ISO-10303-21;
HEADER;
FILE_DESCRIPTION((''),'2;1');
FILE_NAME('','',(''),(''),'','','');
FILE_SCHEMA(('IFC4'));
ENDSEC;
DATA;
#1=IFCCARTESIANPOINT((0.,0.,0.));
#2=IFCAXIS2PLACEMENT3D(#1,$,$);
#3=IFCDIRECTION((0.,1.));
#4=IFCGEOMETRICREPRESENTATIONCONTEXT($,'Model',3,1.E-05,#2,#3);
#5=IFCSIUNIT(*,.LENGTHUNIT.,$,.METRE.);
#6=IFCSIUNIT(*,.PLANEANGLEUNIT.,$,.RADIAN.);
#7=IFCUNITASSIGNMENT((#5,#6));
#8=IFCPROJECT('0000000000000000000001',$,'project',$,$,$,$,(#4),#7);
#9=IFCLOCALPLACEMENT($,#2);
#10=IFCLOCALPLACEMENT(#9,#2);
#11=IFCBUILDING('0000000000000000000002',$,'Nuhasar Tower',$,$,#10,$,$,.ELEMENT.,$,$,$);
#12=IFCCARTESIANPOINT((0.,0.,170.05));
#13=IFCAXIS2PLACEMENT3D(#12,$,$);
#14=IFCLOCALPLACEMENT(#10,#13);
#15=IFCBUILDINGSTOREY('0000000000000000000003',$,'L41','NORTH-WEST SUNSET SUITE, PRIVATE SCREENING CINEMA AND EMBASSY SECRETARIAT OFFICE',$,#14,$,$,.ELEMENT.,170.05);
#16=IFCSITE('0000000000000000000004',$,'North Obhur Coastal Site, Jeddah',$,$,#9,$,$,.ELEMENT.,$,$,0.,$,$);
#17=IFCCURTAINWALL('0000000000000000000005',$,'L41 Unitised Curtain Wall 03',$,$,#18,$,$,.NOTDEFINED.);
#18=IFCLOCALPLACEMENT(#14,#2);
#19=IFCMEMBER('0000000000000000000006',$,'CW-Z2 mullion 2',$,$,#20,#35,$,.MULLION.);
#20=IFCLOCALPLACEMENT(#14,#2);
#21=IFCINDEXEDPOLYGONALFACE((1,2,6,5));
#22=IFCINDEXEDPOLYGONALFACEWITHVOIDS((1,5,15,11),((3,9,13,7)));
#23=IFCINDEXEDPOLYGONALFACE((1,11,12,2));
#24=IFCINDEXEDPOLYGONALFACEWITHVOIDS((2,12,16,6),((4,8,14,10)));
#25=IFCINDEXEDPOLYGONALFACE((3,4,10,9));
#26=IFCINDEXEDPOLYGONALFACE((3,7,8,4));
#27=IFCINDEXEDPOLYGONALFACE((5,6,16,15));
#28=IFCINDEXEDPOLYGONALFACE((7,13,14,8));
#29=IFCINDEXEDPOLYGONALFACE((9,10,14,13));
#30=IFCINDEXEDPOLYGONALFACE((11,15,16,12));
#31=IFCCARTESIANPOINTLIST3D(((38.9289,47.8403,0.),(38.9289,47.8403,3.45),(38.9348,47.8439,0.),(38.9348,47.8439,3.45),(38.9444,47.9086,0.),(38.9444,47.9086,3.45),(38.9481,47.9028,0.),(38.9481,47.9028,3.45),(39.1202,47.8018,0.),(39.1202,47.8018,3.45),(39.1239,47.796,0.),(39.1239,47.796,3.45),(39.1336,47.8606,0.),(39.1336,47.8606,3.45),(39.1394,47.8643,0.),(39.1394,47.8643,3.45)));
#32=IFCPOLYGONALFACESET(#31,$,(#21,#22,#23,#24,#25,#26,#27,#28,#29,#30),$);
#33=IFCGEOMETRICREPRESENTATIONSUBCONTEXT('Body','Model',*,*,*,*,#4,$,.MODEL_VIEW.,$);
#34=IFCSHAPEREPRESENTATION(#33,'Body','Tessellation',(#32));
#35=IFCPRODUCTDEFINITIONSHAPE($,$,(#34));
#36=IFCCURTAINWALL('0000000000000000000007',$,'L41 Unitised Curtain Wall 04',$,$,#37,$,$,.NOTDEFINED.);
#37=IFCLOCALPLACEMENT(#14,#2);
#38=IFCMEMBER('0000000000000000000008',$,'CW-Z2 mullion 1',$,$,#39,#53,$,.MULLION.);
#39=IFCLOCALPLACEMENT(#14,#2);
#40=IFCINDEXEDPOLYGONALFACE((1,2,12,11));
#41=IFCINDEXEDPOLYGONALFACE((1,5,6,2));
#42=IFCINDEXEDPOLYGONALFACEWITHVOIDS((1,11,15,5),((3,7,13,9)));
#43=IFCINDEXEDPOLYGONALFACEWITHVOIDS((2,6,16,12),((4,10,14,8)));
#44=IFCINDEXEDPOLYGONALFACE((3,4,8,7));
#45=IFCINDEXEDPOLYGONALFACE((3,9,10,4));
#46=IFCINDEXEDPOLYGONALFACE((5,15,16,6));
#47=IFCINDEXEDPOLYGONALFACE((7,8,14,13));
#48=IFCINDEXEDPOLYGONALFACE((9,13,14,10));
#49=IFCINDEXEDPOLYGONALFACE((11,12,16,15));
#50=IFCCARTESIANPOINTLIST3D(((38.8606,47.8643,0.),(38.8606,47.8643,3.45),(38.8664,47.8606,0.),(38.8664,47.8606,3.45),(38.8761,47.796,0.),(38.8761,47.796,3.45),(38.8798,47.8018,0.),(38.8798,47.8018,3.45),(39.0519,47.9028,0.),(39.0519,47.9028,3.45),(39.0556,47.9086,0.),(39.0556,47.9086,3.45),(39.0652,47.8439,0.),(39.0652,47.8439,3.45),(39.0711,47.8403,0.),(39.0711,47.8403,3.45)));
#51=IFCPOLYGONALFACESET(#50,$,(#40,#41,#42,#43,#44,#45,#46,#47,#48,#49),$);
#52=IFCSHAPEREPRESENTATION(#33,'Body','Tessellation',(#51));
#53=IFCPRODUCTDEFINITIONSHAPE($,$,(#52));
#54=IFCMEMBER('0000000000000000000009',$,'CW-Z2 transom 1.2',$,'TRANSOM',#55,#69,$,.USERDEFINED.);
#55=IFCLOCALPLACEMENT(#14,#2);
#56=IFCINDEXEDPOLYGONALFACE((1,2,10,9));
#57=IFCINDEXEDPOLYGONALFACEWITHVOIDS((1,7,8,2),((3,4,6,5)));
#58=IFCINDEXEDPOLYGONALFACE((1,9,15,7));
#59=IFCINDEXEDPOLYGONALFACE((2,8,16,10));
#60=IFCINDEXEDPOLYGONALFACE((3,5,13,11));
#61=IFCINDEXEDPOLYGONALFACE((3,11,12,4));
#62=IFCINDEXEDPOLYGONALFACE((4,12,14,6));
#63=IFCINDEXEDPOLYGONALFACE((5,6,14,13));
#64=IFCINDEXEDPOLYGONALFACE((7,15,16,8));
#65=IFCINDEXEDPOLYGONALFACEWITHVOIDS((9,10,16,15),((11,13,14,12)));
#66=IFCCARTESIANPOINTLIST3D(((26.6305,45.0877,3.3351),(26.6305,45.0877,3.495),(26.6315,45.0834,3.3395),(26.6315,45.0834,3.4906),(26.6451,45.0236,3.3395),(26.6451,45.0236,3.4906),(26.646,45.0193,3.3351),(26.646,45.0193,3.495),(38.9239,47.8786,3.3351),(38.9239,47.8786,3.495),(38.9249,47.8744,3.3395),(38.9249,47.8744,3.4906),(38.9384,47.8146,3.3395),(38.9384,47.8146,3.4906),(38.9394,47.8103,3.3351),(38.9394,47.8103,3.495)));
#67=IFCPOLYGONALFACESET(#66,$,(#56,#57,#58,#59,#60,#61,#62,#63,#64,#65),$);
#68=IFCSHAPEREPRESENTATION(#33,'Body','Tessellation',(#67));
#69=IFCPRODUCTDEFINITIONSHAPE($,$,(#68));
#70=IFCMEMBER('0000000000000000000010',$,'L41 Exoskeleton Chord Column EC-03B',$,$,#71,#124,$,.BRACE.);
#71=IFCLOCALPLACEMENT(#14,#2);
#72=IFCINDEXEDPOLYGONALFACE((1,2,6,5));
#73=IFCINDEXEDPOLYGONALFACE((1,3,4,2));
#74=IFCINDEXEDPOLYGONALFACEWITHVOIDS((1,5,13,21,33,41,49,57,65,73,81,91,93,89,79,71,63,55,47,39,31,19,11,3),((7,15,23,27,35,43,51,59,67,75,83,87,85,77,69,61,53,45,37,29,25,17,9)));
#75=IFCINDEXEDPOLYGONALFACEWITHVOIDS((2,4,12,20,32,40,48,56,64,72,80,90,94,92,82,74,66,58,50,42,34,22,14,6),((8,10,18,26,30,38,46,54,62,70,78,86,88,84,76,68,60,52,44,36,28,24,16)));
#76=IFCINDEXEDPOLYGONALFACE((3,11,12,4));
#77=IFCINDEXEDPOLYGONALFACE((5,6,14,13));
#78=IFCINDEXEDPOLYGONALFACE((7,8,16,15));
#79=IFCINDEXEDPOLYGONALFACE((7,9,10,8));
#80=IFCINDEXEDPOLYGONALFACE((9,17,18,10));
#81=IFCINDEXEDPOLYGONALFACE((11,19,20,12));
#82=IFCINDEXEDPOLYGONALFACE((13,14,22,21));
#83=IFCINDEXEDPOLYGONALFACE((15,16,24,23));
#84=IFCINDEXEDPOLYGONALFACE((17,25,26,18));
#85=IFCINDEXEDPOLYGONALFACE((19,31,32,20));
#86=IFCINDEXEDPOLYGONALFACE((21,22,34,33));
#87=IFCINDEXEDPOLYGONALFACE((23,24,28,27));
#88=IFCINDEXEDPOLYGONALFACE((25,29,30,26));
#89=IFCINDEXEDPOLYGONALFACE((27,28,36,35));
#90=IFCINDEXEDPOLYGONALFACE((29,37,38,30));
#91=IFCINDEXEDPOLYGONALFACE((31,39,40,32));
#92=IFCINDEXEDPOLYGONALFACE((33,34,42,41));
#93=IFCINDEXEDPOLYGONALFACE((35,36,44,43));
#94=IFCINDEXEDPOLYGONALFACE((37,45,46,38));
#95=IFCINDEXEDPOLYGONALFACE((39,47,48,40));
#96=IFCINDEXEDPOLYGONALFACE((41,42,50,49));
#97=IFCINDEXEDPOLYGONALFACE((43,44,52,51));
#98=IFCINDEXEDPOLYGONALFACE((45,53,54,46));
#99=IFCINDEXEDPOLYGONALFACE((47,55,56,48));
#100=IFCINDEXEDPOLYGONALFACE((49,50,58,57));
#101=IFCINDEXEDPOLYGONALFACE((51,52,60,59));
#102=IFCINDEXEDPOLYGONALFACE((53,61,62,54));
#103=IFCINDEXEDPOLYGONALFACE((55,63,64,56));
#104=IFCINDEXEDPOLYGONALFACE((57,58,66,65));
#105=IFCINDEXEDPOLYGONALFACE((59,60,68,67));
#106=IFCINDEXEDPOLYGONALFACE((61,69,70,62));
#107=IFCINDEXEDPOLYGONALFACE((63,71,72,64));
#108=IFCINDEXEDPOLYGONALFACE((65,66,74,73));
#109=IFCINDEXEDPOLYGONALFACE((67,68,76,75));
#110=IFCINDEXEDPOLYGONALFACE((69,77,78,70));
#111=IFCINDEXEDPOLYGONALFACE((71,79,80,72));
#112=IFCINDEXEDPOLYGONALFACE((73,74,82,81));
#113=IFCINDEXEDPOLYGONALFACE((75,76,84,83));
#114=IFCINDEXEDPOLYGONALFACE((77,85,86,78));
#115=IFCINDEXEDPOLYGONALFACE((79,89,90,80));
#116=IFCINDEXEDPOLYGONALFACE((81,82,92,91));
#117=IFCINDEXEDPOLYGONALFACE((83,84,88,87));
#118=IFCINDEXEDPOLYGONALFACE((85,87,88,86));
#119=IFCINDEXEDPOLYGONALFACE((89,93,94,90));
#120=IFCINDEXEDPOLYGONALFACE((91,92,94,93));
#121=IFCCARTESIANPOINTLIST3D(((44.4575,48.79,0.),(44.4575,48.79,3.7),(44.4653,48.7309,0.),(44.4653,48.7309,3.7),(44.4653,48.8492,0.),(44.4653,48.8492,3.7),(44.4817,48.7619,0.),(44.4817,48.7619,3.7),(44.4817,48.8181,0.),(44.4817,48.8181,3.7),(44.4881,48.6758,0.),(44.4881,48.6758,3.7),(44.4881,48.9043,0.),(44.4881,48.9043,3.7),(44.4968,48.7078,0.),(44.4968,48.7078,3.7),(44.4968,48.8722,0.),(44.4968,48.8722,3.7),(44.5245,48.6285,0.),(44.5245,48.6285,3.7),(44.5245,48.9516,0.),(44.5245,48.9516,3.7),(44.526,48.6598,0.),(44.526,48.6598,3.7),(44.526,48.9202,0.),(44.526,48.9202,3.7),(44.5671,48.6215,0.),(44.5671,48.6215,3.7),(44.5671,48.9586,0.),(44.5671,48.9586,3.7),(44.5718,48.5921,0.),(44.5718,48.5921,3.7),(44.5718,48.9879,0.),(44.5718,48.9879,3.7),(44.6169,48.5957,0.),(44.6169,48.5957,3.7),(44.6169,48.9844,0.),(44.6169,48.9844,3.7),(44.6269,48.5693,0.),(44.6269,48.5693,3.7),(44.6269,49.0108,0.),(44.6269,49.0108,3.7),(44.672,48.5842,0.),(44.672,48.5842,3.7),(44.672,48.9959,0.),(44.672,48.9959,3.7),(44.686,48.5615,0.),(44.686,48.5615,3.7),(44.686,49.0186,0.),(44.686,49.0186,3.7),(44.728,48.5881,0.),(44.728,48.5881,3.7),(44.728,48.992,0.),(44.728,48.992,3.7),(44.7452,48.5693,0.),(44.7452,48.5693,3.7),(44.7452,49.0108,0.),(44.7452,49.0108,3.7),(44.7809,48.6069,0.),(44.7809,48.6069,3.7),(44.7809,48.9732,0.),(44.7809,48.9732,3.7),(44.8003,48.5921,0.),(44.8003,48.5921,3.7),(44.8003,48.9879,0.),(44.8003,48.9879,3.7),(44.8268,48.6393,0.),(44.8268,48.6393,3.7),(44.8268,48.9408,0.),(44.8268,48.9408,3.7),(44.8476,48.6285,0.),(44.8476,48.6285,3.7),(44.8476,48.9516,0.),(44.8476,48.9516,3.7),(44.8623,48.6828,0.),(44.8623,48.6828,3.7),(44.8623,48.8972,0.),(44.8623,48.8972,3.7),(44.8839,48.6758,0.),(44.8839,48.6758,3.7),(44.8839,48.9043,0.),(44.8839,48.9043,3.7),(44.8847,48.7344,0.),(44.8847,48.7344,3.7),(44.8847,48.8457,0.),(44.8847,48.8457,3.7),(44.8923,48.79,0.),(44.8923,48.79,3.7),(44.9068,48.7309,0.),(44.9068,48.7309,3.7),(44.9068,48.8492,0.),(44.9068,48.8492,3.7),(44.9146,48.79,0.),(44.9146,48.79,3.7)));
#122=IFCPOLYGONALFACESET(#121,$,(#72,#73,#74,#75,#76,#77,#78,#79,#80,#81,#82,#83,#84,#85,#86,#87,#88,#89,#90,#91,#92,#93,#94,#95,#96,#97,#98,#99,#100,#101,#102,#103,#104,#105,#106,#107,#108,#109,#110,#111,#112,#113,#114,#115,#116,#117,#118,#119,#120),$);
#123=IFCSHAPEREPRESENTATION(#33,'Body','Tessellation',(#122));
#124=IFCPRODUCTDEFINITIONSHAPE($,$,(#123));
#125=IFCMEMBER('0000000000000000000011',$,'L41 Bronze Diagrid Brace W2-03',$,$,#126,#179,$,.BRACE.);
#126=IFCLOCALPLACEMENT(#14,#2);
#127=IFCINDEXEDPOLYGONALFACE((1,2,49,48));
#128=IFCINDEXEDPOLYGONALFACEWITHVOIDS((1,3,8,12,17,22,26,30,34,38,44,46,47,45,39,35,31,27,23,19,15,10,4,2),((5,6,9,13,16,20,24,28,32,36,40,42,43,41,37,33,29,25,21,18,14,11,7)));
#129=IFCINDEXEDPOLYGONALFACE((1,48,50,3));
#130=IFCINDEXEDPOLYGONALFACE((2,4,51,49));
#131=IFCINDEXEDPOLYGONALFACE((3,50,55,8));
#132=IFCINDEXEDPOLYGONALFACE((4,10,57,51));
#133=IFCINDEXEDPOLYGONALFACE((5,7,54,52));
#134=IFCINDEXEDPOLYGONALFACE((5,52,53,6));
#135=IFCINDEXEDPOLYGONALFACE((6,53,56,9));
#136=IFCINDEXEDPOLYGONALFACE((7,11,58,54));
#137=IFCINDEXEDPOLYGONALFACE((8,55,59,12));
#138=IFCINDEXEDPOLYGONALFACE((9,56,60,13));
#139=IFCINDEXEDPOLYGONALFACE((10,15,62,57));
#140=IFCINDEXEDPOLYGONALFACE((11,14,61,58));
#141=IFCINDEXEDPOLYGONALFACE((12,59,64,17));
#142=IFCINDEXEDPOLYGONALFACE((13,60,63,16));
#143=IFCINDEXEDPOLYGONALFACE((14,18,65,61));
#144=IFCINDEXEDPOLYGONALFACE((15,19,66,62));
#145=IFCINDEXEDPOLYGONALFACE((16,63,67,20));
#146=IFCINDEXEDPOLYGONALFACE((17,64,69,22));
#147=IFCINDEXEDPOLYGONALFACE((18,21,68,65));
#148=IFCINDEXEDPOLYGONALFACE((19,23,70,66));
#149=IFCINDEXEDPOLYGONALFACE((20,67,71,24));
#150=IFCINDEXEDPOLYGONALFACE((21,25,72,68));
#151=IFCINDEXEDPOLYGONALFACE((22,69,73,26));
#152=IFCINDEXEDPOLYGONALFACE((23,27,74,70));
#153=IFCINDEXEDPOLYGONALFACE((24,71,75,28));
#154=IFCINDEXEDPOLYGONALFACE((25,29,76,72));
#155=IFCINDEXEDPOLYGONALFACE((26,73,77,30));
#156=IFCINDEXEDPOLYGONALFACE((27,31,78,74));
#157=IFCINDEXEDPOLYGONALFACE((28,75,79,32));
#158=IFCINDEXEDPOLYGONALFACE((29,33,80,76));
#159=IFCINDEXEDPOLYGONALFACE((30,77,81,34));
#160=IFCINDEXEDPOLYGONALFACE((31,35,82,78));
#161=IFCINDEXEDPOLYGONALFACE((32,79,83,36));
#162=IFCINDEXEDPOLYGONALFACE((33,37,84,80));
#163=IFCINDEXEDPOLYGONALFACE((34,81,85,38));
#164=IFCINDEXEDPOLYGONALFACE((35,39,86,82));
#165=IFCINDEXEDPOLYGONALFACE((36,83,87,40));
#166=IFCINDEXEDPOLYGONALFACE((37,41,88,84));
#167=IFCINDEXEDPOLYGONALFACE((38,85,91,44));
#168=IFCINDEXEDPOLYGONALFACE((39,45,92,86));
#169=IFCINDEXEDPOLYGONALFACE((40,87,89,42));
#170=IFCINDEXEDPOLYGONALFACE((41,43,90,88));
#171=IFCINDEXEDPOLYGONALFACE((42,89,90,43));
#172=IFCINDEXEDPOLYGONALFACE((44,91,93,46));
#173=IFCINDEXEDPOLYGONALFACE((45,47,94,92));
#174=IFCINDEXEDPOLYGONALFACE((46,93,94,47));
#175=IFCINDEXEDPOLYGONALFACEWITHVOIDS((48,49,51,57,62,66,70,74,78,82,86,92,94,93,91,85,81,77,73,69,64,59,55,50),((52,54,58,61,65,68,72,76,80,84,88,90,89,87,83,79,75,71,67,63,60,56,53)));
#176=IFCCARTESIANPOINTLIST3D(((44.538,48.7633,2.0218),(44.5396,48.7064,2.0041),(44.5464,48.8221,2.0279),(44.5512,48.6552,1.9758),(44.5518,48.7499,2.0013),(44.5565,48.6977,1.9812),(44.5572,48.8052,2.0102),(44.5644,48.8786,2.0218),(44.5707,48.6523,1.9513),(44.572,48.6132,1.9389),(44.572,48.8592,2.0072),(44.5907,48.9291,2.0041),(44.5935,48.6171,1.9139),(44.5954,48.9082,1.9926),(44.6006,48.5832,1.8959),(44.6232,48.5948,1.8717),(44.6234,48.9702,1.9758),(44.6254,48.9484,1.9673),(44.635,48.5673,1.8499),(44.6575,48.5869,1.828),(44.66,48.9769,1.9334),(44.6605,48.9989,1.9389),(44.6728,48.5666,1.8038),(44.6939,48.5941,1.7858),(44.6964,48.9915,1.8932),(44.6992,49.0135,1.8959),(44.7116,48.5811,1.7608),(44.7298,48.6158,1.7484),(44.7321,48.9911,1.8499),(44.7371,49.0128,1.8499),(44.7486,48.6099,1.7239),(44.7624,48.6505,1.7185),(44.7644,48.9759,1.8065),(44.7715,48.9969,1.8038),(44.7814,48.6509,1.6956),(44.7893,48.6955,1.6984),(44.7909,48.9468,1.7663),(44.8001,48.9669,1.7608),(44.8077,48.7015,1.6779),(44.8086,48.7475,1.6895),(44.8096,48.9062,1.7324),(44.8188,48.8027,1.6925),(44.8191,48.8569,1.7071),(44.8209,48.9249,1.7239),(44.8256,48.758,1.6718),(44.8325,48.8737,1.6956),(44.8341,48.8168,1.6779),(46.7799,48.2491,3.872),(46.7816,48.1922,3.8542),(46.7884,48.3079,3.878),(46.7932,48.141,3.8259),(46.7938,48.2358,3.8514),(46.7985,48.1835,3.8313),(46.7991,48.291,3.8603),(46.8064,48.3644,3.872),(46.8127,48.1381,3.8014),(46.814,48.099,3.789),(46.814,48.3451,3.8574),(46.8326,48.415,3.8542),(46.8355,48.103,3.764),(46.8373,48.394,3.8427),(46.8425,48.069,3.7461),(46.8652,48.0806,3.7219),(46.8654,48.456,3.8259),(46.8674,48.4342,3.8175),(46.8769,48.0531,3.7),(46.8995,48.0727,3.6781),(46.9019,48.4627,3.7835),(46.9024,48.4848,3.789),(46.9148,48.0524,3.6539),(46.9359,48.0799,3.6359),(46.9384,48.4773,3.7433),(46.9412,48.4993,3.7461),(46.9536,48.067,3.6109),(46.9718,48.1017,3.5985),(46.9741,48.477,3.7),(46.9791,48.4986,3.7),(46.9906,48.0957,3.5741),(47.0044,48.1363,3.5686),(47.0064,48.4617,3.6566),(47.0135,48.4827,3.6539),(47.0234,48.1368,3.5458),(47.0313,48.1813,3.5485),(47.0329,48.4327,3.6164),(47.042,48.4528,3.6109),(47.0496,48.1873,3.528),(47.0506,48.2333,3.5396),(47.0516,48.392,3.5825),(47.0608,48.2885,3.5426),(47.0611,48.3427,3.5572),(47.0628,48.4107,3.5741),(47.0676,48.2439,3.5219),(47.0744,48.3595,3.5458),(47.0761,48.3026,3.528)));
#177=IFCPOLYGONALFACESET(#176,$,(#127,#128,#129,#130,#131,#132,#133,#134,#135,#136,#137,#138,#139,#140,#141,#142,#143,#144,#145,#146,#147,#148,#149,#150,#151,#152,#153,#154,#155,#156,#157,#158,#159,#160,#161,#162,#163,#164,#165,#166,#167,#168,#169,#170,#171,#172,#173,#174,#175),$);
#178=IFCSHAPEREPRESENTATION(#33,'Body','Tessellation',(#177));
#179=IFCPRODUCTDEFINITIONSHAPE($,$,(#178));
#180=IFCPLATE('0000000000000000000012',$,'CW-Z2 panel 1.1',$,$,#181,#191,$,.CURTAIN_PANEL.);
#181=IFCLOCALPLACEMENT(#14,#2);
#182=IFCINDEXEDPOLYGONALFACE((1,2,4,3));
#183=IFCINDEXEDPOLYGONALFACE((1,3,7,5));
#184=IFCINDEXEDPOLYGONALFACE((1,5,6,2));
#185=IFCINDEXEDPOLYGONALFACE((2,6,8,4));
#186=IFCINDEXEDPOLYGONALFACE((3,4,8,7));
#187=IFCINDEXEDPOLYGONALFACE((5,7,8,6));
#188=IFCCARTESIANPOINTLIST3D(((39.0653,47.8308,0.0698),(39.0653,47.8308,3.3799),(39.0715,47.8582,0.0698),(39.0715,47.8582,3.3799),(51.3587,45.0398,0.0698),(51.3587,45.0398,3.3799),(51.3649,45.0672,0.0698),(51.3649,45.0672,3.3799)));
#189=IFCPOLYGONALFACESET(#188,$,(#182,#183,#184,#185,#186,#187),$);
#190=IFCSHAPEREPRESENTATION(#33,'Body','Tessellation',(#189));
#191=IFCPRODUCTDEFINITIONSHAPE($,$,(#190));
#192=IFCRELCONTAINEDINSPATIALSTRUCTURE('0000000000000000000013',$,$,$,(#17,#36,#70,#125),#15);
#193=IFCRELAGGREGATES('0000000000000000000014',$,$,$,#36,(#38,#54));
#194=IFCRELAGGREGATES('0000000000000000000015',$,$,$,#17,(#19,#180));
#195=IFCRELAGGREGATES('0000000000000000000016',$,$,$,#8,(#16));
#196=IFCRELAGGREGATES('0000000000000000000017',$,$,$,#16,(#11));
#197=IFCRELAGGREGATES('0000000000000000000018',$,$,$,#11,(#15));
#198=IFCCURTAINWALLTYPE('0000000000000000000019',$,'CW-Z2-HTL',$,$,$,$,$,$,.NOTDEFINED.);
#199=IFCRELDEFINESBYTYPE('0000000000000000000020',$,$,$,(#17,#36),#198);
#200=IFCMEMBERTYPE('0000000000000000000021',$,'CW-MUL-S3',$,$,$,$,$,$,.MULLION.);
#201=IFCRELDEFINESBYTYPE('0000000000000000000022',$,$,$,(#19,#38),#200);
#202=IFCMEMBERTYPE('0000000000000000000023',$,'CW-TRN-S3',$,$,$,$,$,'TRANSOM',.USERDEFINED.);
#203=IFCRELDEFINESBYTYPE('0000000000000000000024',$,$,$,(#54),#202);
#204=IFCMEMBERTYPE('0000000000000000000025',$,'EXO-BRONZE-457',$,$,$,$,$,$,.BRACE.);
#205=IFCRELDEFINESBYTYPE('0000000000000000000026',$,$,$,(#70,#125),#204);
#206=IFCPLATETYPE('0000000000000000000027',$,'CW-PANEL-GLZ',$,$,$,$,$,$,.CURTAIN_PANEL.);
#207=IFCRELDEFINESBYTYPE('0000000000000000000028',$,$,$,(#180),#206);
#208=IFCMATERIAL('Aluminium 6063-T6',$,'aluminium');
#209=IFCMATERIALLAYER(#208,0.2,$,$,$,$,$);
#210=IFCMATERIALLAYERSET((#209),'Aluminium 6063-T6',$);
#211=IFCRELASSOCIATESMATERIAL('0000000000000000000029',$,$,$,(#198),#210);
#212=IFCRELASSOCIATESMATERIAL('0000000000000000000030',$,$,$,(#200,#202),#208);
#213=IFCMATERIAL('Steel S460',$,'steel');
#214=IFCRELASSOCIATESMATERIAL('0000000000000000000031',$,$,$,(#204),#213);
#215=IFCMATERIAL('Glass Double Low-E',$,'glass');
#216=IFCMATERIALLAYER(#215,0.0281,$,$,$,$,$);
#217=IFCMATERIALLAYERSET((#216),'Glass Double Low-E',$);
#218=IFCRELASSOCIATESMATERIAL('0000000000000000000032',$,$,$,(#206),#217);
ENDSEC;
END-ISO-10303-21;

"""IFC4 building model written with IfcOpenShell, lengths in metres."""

from ifc_helpers import new_model, si_unit, direction, frame, origin, origin_2d, place, context, subcontext, project, spatial, rectangle, hollow_rectangle, hollow_circle, extrude, material, layer, layer_set, material_profile, profile_set, type_object, element, aggregate, save


model = new_model("IFC4")

# Units and contexts
model_context = context("Model", 3, precision=1e-05, world=origin(), true_north=direction((0.0, 1.0)))
body_context = subcontext(model_context, "Body", "Model", "MODEL_VIEW")
ifc_project = project(units=[si_unit("LENGTHUNIT", "METRE"), si_unit("PLANEANGLEUNIT", "RADIAN")], contexts=[model_context])

# Site, building, storey
site_placement = place(None, origin())
site = spatial("IfcSite", under=ifc_project, at=site_placement, Name="North Obhur Coastal Site, Jeddah", CompositionType="ELEMENT", RefElevation=0.0)
building_placement = place(site_placement, origin())
building = spatial("IfcBuilding", under=site, at=building_placement, Name="Nuhasar Tower", CompositionType="ELEMENT")
storey_placement = place(building_placement, frame((0.0, 0.0, 170.05)))
storey = spatial("IfcBuildingStorey", under=building, at=storey_placement, Name="L41", Description="NORTH-WEST SUNSET SUITE, PRIVATE SCREENING CINEMA AND EMBASSY SECRETARIAT OFFICE", CompositionType="ELEMENT", Elevation=170.05)

# Curtain wall, member
ifc_material_1 = material(Name="Aluminium 6063-T6", Category="aluminium")
ifc_layer_1 = layer(ifc_material_1, 0.2)
ifc_layer_set_1 = layer_set([ifc_layer_1], Name="Aluminium 6063-T6")
curtain_wall_type = type_object("IfcCurtainWallType", Name="CW-Z2-HTL", PredefinedType="NOTDEFINED", material=ifc_layer_set_1)
curtain_wall_1_placement = place(storey_placement, origin())
curtain_wall_1 = element("IfcCurtainWall", 1, at=curtain_wall_1_placement, inside=storey, type_object=curtain_wall_type, Name="L41 Unitised Curtain Wall 03", PredefinedType="NOTDEFINED")
ifc_material_profile_1 = material_profile(ifc_material_1, hollow_rectangle(XDim=0.0701, YDim=0.2, WallThickness=0.0049, at=origin_2d()), Name="CWM-3")
ifc_profile_set_1 = profile_set([ifc_material_profile_1], Name="Aluminium 6063-T6")
member_type_1 = type_object("IfcMemberType", Name="CW-MUL-S3", PredefinedType="MULLION", material=ifc_profile_set_1)
member_1_placement = place(storey_placement, frame((39.0342, 47.8523, 0.0), z_axis=(0.0, 0.0, 1.0), x_axis=(-0.221397, -0.975184, 0.0)))
member_1 = element("IfcMember", 2, at=member_1_placement, type_object=member_type_1, Name="CW-Z2 mullion 2", PredefinedType="MULLION", context=body_context, shape_type="SweptSolid", body=[
    extrude(hollow_rectangle(XDim=0.0701, YDim=0.2, WallThickness=0.0049, at=origin_2d()), origin(), (0.0, 0.0, 1.0), 3.45),
])

# Curtain wall, members
curtain_wall_2_placement = place(storey_placement, origin())
curtain_wall_2 = element("IfcCurtainWall", 3, at=curtain_wall_2_placement, inside=storey, type_object=curtain_wall_type, Name="L41 Unitised Curtain Wall 04", PredefinedType="NOTDEFINED")
member_2_placement = place(storey_placement, frame((38.9658, 47.8523, 0.0), z_axis=(0.0, 0.0, 1.0), x_axis=(0.221397, -0.975184, 0.0)))
member_2 = element("IfcMember", 4, at=member_2_placement, type_object=member_type_1, Name="CW-Z2 mullion 1", PredefinedType="MULLION", context=body_context, shape_type="SweptSolid", body=[
    extrude(hollow_rectangle(XDim=0.0701, YDim=0.2, WallThickness=0.0049, at=origin_2d()), origin(), (0.0, 0.0, 1.0), 3.45),
])
ifc_material_profile_2 = material_profile(ifc_material_1, hollow_rectangle(XDim=0.0701, YDim=0.1599, WallThickness=0.0044, at=origin_2d()), Name="CWT-3")
ifc_profile_set_2 = profile_set([ifc_material_profile_2], Name="Aluminium 6063-T6")
member_type_2 = type_object("IfcMemberType", Name="CW-TRN-S3", ElementType="TRANSOM", PredefinedType="USERDEFINED", material=ifc_profile_set_2)
member_3_placement = place(storey_placement, frame((38.9316, 47.8445, 3.415), z_axis=(-0.975183, -0.221398, 0.0), x_axis=(0.221398, -0.975183, 0.0)))
member_3 = element("IfcMember", 5, at=member_3_placement, type_object=member_type_2, Name="CW-Z2 transom 1.2", ObjectType="TRANSOM", PredefinedType="USERDEFINED", context=body_context, shape_type="SweptSolid", body=[
    extrude(hollow_rectangle(XDim=0.0701, YDim=0.1599, WallThickness=0.0044, at=origin_2d()), origin(), (0.0, 0.0, 1.0), 12.6062),
])
aggregate(curtain_wall_2, [member_2, member_3])

# Members
ifc_material_2 = material(Name="Steel S460", Category="steel")
ifc_material_profile_3 = material_profile(ifc_material_2, hollow_circle(Radius=0.2285, WallThickness=0.0222, at=origin_2d()), Name="HSS457X22.2")
ifc_profile_set_3 = profile_set([ifc_material_profile_3], Name="Steel S460")
member_type_3 = type_object("IfcMemberType", Name="EXO-BRONZE-457", PredefinedType="BRACE", material=ifc_profile_set_3)
member_4_placement = place(storey_placement, frame((44.686, 48.79, 0.0), z_axis=(0.0, 0.0, 1.0), x_axis=(1.0, 0.0, 0.0)))
element("IfcMember", 6, at=member_4_placement, inside=storey, type_object=member_type_3, Name="L41 Exoskeleton Chord Column EC-03B", PredefinedType="BRACE", context=body_context, shape_type="SweptSolid", body=[
    extrude(hollow_circle(Radius=0.2285, WallThickness=0.0222, at=origin_2d()), origin(), (0.0, 0.0, 1.0), 3.7),
])
member_5_placement = place(storey_placement, frame((44.686, 48.79, 1.8499), z_axis=(0.7595, -0.174181, 0.626755), x_axis=(0.223534, 0.974696, 0.0)))
element("IfcMember", 7, at=member_5_placement, inside=storey, type_object=member_type_3, Name="L41 Bronze Diagrid Brace W2-03", PredefinedType="BRACE", context=body_context, shape_type="SweptSolid", body=[
    extrude(hollow_circle(Radius=0.2285, WallThickness=0.0222, at=origin_2d()), origin(), (0.0, 0.0, 1.0), 2.9519),
])

# Plate
ifc_material_3 = material(Name="Glass Double Low-E", Category="glass")
ifc_layer_2 = layer(ifc_material_3, 0.0281)
ifc_layer_set_2 = layer_set([ifc_layer_2], Name="Glass Double Low-E")
plate_type = type_object("IfcPlateType", Name="CW-PANEL-GLZ", PredefinedType="CURTAIN_PANEL", material=ifc_layer_set_2)
plate_placement = place(storey_placement, frame((45.2151, 46.449, 0.0698), z_axis=(0.0, 0.0, 1.0), x_axis=(-0.975184, 0.221397, 0.0)))
plate = element("IfcPlate", 8, at=plate_placement, type_object=plate_type, Name="CW-Z2 panel 1.1", PredefinedType="CURTAIN_PANEL", context=body_context, shape_type="SweptSolid", body=[
    extrude(rectangle(XDim=12.6062, YDim=0.0281, at=origin_2d()), origin(), (0.0, 0.0, 1.0), 3.3101),
])
aggregate(curtain_wall_1, [member_1, plate])

save(model, "model.ifc")
